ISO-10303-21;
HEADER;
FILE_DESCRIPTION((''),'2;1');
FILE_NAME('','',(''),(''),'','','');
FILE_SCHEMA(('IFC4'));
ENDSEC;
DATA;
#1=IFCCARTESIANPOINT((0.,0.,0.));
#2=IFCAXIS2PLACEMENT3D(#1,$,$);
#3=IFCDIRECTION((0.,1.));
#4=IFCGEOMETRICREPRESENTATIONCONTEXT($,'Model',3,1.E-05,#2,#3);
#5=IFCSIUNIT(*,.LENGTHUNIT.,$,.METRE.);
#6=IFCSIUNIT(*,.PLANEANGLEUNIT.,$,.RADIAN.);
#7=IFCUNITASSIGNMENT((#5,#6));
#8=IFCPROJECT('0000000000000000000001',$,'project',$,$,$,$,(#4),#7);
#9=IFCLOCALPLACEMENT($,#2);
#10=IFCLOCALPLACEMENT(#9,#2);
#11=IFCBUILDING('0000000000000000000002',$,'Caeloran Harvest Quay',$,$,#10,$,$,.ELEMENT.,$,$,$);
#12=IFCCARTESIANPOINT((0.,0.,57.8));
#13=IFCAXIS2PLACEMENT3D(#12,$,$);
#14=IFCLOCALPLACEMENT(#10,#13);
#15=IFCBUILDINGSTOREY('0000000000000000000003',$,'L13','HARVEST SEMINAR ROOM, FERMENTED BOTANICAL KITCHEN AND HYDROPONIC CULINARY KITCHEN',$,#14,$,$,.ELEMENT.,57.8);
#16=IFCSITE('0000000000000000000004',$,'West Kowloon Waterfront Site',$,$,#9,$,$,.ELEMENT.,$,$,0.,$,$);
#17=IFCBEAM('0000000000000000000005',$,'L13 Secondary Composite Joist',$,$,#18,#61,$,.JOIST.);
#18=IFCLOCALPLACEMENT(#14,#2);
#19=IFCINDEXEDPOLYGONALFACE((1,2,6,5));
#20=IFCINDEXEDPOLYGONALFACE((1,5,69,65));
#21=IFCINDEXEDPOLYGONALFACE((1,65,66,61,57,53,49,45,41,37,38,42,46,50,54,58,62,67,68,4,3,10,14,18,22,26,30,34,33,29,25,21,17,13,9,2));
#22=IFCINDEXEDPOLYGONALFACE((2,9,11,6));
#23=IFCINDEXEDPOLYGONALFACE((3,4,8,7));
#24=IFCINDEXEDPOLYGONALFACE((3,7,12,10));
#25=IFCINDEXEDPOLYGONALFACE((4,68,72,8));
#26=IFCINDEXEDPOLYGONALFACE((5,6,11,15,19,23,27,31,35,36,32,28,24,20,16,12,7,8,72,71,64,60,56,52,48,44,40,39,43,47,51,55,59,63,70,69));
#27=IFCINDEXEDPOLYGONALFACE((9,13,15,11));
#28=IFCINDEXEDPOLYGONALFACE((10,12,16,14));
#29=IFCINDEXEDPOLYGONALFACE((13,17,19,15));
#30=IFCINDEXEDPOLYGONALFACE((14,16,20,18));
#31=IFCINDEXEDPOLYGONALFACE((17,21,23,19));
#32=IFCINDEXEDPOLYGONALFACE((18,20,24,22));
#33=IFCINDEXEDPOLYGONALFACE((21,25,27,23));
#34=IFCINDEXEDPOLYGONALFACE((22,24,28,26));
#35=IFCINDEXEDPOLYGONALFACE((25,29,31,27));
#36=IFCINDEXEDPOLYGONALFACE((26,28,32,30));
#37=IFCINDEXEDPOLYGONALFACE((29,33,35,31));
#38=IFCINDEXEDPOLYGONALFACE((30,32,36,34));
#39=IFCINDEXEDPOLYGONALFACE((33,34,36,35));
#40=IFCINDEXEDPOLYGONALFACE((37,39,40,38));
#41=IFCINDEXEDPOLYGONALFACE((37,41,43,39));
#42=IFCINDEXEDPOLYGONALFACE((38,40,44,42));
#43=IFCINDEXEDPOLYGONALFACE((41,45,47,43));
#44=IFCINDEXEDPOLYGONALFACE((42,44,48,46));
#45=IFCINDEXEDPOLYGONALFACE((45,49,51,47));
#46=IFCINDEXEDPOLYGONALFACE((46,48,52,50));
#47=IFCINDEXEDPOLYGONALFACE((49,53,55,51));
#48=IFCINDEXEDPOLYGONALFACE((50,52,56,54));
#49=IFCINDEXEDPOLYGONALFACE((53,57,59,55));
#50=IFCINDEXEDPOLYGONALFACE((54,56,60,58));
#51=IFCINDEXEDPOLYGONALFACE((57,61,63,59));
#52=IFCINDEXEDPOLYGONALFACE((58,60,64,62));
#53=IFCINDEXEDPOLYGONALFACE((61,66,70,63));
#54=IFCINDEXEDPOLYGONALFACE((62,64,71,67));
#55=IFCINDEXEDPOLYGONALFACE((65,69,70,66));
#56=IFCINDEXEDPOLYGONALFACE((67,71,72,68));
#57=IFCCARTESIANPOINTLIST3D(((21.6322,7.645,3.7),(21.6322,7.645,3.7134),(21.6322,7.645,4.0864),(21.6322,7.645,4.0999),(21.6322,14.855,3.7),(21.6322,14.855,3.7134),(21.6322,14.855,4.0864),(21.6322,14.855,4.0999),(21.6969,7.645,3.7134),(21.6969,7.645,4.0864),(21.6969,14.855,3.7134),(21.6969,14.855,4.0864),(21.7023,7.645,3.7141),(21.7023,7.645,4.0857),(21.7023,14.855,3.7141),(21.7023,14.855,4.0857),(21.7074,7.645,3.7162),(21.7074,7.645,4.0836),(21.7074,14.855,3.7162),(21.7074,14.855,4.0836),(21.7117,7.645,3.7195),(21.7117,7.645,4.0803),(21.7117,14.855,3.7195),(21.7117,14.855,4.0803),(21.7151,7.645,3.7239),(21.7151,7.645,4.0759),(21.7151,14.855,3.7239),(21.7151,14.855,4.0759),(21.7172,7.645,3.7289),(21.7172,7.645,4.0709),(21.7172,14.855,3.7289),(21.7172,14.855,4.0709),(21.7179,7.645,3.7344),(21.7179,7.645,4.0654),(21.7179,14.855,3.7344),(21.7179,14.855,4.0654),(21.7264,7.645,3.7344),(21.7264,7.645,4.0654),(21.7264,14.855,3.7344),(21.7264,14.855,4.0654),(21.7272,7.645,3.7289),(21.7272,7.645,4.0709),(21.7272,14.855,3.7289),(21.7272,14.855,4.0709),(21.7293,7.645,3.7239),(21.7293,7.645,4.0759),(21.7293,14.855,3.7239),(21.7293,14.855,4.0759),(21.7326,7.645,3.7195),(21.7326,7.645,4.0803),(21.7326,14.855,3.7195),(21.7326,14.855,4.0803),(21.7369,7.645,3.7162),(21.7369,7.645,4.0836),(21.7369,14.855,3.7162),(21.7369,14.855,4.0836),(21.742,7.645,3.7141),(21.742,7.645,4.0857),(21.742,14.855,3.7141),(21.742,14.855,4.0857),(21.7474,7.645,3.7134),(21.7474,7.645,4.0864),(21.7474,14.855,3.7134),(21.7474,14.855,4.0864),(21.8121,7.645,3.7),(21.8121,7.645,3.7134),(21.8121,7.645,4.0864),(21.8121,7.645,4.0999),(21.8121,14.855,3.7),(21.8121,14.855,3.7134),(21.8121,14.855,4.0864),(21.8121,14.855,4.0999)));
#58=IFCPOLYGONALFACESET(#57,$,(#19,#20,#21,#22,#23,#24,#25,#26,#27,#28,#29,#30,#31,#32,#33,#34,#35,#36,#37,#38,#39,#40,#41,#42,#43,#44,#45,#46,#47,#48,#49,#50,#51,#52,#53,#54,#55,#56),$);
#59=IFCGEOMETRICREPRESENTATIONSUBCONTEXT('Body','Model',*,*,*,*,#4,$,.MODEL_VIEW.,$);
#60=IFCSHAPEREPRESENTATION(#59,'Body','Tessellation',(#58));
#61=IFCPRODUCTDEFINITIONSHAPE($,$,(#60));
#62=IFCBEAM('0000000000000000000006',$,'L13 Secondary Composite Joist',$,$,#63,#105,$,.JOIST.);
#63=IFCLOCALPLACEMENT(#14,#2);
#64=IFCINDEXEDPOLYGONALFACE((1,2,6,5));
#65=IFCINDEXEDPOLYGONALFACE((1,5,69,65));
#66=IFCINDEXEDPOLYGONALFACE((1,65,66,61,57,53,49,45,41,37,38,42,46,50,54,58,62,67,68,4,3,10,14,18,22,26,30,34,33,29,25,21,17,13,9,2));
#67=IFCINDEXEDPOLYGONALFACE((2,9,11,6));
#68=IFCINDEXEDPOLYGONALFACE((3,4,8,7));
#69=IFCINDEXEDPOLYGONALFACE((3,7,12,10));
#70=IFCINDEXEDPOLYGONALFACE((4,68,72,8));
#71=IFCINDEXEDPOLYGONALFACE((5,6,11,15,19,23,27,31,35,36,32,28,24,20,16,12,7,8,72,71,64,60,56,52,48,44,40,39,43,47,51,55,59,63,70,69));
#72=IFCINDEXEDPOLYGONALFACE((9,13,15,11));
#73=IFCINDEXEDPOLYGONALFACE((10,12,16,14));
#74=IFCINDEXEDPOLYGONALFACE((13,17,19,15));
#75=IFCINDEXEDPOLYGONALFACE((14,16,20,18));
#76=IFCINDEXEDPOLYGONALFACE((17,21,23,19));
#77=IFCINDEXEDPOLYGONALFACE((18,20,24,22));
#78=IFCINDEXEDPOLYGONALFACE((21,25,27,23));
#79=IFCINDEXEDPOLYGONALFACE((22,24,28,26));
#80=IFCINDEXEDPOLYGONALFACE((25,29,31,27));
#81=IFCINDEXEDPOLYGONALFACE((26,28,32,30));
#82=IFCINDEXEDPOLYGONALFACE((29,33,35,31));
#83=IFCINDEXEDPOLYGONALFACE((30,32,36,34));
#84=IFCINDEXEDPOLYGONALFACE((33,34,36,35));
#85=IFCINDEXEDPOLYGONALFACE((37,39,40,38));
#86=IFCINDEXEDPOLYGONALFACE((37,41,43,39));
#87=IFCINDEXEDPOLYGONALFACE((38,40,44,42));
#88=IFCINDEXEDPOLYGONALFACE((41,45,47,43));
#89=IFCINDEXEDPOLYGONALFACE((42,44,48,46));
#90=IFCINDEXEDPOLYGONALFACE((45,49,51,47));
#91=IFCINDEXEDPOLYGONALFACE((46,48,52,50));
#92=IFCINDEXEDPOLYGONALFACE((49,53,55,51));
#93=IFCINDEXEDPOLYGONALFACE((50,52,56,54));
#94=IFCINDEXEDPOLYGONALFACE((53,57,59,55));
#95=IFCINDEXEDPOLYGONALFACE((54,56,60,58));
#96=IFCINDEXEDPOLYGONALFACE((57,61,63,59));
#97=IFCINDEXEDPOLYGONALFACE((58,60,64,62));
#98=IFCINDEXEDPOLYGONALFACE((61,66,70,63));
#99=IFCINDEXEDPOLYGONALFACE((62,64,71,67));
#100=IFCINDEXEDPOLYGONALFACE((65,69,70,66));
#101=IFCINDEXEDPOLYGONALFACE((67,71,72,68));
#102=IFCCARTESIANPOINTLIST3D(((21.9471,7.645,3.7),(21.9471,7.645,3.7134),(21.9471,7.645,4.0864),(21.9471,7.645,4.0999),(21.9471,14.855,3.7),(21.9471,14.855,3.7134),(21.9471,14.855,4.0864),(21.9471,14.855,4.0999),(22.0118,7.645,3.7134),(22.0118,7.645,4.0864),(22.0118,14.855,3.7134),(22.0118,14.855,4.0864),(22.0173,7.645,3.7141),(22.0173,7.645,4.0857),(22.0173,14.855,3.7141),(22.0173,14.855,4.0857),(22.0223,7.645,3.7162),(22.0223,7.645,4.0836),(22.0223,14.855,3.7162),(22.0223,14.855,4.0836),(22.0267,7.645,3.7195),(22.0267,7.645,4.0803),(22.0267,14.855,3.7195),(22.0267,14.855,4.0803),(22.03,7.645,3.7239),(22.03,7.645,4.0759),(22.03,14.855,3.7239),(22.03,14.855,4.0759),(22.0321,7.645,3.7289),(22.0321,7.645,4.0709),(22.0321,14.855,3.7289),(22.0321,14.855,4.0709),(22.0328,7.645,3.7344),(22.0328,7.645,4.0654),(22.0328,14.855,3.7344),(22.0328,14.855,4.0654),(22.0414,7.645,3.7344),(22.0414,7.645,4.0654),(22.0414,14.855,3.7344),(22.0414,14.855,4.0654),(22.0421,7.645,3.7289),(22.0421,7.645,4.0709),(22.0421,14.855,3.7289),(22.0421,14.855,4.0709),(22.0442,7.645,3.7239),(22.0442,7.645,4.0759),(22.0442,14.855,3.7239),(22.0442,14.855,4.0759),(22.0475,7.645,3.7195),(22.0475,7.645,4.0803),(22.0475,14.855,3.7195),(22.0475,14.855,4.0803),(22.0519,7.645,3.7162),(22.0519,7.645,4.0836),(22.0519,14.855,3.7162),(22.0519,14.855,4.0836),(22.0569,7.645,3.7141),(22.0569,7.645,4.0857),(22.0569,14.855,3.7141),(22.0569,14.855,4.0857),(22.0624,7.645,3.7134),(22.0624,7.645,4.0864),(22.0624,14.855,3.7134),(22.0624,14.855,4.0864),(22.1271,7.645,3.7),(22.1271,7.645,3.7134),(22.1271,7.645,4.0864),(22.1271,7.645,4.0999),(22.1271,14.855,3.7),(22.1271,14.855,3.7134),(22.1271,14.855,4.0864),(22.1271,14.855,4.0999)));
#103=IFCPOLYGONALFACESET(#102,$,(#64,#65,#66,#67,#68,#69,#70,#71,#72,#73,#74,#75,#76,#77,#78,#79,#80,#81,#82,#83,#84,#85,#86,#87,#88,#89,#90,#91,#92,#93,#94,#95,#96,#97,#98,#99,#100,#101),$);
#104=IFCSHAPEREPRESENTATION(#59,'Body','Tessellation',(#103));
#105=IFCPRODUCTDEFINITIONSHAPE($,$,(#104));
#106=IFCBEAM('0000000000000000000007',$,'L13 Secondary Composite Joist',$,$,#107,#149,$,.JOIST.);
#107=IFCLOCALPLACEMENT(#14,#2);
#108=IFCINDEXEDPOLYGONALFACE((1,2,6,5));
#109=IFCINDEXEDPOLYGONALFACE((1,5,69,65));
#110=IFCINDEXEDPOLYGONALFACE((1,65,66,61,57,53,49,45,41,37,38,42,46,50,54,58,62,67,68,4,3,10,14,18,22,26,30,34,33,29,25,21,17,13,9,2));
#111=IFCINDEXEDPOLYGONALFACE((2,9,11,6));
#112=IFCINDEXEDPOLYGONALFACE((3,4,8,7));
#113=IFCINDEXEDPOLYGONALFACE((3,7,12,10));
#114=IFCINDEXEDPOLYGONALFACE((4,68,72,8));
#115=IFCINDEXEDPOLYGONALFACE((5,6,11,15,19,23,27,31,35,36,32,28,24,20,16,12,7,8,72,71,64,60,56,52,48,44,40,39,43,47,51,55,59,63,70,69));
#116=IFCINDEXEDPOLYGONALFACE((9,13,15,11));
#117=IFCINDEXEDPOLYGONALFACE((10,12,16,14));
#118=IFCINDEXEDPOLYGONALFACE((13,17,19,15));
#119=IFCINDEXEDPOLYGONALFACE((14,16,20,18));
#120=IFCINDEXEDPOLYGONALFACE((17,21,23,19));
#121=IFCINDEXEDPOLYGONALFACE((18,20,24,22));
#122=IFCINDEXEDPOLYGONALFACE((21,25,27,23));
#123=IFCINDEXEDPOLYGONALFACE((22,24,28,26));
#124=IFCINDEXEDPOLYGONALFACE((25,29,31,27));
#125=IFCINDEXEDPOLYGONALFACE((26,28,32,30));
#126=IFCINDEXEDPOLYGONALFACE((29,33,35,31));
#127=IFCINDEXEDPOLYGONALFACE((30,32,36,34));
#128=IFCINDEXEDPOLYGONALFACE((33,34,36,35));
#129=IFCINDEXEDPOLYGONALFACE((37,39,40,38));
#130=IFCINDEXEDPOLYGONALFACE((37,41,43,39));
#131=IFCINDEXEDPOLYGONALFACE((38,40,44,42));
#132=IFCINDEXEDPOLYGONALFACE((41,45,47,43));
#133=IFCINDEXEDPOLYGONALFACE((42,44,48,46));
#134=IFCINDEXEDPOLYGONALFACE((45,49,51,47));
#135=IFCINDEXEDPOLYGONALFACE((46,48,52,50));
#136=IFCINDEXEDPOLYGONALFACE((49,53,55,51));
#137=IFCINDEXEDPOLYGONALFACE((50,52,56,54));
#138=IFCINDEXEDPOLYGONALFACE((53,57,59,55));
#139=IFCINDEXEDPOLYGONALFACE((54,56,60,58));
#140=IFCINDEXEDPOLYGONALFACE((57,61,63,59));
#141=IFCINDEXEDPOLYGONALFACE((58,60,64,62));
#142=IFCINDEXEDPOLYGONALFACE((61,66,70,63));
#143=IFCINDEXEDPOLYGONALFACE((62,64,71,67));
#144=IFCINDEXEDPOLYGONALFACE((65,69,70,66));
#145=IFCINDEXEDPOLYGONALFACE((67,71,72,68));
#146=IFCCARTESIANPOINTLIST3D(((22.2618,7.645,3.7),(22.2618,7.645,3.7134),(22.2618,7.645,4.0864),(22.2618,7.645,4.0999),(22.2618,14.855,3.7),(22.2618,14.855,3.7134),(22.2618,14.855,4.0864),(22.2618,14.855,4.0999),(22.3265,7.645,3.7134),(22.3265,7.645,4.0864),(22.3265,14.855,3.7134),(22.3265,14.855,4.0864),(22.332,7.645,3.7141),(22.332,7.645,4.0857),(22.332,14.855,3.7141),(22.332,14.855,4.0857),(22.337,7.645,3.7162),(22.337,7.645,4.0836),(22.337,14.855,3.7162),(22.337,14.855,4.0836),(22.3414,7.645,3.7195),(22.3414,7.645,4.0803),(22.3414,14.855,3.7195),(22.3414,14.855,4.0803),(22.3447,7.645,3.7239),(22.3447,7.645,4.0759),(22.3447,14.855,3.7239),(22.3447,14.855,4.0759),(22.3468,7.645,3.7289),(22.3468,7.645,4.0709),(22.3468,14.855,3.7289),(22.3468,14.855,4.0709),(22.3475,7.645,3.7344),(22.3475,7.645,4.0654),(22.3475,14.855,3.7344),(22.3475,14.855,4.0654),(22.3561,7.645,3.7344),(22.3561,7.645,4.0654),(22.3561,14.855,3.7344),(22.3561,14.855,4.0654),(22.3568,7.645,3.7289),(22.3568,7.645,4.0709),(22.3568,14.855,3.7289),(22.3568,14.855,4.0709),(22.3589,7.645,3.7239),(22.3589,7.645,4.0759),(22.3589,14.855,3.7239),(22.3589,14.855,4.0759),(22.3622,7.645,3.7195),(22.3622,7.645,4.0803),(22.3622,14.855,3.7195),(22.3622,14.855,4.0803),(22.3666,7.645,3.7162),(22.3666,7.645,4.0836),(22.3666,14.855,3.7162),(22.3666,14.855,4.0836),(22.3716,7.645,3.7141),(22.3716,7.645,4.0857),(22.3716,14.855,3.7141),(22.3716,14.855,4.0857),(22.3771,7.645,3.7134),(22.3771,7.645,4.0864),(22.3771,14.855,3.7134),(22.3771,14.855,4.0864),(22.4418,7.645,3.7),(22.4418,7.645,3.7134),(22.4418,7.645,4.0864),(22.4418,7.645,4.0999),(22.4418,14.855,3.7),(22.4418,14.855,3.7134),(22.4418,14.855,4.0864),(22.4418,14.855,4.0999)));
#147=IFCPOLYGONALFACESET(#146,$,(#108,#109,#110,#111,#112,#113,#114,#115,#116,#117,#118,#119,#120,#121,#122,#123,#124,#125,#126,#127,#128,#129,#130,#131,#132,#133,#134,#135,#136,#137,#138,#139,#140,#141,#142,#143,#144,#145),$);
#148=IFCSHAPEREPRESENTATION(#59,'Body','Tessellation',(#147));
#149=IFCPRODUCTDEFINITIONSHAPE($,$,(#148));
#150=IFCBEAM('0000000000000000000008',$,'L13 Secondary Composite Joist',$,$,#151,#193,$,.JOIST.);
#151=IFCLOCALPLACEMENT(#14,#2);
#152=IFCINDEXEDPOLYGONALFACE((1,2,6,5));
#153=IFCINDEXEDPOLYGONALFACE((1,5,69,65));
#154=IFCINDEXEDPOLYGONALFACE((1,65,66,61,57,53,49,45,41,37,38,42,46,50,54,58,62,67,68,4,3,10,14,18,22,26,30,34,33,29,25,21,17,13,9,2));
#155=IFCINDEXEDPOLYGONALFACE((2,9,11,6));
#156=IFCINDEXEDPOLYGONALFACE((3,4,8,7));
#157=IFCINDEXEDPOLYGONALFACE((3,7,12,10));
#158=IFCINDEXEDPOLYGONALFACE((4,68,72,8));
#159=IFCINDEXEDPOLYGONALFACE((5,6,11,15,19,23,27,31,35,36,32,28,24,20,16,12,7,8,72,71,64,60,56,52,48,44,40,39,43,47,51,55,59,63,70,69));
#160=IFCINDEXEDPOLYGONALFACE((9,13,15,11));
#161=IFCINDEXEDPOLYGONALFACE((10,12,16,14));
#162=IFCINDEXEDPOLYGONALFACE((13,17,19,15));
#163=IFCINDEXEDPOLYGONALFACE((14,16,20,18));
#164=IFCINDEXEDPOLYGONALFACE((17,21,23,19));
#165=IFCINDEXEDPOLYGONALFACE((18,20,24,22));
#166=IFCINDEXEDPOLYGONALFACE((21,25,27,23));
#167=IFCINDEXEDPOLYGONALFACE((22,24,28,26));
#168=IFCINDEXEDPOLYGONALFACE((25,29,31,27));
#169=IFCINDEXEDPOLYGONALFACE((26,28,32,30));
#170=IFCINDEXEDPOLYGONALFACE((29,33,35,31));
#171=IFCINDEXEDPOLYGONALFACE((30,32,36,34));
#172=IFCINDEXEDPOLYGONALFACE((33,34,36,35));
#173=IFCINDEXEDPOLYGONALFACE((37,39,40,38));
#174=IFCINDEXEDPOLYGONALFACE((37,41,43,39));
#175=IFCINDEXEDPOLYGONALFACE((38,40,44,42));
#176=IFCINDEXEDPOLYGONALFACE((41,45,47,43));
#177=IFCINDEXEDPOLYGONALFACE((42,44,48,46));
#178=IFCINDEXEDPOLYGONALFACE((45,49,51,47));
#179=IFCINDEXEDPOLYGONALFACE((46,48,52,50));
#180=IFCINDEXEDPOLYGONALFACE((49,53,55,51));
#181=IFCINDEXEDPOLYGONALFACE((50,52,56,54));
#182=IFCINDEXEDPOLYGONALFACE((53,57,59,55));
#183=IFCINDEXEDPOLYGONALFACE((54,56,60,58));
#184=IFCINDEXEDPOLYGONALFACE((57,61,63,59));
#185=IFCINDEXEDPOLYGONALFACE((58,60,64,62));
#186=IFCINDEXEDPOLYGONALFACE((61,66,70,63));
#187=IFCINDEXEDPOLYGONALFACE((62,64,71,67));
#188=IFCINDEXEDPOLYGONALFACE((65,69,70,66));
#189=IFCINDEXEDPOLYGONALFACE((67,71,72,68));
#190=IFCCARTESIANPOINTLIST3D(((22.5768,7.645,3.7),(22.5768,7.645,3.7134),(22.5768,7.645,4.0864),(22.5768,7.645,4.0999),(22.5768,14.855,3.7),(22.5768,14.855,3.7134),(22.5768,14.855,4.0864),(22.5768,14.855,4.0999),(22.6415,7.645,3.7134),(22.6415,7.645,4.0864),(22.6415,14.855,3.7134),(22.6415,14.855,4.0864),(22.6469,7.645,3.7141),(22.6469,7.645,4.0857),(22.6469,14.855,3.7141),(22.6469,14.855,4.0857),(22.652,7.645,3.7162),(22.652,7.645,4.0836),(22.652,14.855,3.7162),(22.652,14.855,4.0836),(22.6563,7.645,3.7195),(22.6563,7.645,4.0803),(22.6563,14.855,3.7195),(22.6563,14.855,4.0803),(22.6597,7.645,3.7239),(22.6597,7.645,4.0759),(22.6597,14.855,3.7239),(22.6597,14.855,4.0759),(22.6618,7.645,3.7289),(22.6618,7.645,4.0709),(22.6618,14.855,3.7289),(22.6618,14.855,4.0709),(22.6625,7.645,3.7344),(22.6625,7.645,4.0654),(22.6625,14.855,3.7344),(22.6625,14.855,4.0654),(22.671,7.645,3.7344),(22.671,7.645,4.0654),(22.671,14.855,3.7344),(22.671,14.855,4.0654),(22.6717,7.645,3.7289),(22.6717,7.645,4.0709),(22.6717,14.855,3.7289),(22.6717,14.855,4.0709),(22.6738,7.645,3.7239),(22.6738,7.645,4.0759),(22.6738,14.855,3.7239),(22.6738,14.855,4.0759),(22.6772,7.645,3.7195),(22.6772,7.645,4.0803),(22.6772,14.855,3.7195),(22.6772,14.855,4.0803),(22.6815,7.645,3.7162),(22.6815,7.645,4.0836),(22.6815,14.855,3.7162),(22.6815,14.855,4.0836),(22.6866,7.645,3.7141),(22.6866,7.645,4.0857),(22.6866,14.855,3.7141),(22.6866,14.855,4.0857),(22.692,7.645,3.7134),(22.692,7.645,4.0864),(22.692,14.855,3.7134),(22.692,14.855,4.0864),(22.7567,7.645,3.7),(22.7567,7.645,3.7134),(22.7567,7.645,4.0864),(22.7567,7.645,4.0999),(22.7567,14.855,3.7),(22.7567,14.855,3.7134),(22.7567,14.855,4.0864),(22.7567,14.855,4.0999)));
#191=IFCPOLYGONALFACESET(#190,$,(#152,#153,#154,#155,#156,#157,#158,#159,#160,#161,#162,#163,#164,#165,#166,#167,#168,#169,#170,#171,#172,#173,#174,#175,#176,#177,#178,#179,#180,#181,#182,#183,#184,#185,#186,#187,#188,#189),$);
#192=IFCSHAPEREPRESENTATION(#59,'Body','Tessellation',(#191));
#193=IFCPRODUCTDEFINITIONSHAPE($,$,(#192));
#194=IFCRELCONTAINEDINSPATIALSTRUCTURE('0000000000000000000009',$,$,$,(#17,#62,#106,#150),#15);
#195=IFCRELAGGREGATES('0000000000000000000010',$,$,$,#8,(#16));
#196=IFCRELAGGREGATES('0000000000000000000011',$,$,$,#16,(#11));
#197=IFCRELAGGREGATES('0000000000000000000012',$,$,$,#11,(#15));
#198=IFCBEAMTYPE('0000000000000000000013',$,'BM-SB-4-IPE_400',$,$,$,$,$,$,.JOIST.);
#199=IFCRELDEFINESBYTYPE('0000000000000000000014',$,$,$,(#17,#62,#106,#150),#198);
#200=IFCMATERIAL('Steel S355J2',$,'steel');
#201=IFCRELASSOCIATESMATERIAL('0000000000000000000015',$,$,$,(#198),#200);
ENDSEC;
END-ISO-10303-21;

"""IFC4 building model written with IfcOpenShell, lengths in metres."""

from ifc_helpers import new_model, si_unit, direction, frame, origin, origin_2d, place, context, subcontext, project, spatial, i_section, extrude, material, material_profile, profile_set, type_object, element, save


model = new_model("IFC4")

# Units and contexts
model_context = context("Model", 3, precision=1e-05, world=origin(), true_north=direction((0.0, 1.0)))
body_context = subcontext(model_context, "Body", "Model", "MODEL_VIEW")
ifc_project = project(units=[si_unit("LENGTHUNIT", "METRE"), si_unit("PLANEANGLEUNIT", "RADIAN")], contexts=[model_context])

# Site, building, storey
site_placement = place(None, origin())
site = spatial("IfcSite", under=ifc_project, at=site_placement, Name="West Kowloon Waterfront Site", CompositionType="ELEMENT", RefElevation=0.0)
building_placement = place(site_placement, origin())
building = spatial("IfcBuilding", under=site, at=building_placement, Name="Caeloran Harvest Quay", CompositionType="ELEMENT")
storey_placement = place(building_placement, frame((0.0, 0.0, 57.8)))
storey = spatial("IfcBuildingStorey", under=building, at=storey_placement, Name="L13", Description="HARVEST SEMINAR ROOM, FERMENTED BOTANICAL KITCHEN AND HYDROPONIC CULINARY KITCHEN", CompositionType="ELEMENT", Elevation=57.8)

# Beams
ifc_material_1 = material(Name="Steel S355J2", Category="steel")
ifc_material_profile_1 = material_profile(ifc_material_1, i_section(OverallWidth=0.1799, OverallDepth=0.3999, WebThickness=0.0085, FlangeThickness=0.0134, FilletRadius=0.021, at=origin_2d()), Name="IPE 400")
ifc_profile_set_1 = profile_set([ifc_material_profile_1], Name="Steel S355J2")
beam_type_1 = type_object("IfcBeamType", Name="BM-SB-4-IPE_400", PredefinedType="JOIST", material=ifc_profile_set_1)
for number, where, z_axis, x_axis, name in (
    (1, (21.7222, 7.645, 3.8999), (0.0, 1.0, 0.0), (-1.0, 0.0, 0.0), "L13 Secondary Composite Joist"),
    (2, (22.0371, 7.645, 3.8999), (0.0, 1.0, 0.0), (-1.0, 0.0, 0.0), "L13 Secondary Composite Joist"),
    (3, (22.3518, 7.645, 3.8999), (0.0, 1.0, 0.0), (-1.0, 0.0, 0.0), "L13 Secondary Composite Joist"),
    (4, (22.6667, 7.645, 3.8999), (0.0, 1.0, 0.0), (-1.0, 0.0, 0.0), "L13 Secondary Composite Joist"),
):
    element("IfcBeam", number, at=place(storey_placement, frame(where, z_axis=z_axis, x_axis=x_axis)), inside=storey, type_object=beam_type_1, Name=name, PredefinedType="JOIST", context=body_context, shape_type="SweptSolid", body=[
        extrude(i_section(OverallWidth=0.1799, OverallDepth=0.3999, WebThickness=0.0085, FlangeThickness=0.0134, FilletRadius=0.021, at=origin_2d()), origin(), (0.0, 0.0, 1.0), 7.21),
    ])

save(model, "model.ifc")
